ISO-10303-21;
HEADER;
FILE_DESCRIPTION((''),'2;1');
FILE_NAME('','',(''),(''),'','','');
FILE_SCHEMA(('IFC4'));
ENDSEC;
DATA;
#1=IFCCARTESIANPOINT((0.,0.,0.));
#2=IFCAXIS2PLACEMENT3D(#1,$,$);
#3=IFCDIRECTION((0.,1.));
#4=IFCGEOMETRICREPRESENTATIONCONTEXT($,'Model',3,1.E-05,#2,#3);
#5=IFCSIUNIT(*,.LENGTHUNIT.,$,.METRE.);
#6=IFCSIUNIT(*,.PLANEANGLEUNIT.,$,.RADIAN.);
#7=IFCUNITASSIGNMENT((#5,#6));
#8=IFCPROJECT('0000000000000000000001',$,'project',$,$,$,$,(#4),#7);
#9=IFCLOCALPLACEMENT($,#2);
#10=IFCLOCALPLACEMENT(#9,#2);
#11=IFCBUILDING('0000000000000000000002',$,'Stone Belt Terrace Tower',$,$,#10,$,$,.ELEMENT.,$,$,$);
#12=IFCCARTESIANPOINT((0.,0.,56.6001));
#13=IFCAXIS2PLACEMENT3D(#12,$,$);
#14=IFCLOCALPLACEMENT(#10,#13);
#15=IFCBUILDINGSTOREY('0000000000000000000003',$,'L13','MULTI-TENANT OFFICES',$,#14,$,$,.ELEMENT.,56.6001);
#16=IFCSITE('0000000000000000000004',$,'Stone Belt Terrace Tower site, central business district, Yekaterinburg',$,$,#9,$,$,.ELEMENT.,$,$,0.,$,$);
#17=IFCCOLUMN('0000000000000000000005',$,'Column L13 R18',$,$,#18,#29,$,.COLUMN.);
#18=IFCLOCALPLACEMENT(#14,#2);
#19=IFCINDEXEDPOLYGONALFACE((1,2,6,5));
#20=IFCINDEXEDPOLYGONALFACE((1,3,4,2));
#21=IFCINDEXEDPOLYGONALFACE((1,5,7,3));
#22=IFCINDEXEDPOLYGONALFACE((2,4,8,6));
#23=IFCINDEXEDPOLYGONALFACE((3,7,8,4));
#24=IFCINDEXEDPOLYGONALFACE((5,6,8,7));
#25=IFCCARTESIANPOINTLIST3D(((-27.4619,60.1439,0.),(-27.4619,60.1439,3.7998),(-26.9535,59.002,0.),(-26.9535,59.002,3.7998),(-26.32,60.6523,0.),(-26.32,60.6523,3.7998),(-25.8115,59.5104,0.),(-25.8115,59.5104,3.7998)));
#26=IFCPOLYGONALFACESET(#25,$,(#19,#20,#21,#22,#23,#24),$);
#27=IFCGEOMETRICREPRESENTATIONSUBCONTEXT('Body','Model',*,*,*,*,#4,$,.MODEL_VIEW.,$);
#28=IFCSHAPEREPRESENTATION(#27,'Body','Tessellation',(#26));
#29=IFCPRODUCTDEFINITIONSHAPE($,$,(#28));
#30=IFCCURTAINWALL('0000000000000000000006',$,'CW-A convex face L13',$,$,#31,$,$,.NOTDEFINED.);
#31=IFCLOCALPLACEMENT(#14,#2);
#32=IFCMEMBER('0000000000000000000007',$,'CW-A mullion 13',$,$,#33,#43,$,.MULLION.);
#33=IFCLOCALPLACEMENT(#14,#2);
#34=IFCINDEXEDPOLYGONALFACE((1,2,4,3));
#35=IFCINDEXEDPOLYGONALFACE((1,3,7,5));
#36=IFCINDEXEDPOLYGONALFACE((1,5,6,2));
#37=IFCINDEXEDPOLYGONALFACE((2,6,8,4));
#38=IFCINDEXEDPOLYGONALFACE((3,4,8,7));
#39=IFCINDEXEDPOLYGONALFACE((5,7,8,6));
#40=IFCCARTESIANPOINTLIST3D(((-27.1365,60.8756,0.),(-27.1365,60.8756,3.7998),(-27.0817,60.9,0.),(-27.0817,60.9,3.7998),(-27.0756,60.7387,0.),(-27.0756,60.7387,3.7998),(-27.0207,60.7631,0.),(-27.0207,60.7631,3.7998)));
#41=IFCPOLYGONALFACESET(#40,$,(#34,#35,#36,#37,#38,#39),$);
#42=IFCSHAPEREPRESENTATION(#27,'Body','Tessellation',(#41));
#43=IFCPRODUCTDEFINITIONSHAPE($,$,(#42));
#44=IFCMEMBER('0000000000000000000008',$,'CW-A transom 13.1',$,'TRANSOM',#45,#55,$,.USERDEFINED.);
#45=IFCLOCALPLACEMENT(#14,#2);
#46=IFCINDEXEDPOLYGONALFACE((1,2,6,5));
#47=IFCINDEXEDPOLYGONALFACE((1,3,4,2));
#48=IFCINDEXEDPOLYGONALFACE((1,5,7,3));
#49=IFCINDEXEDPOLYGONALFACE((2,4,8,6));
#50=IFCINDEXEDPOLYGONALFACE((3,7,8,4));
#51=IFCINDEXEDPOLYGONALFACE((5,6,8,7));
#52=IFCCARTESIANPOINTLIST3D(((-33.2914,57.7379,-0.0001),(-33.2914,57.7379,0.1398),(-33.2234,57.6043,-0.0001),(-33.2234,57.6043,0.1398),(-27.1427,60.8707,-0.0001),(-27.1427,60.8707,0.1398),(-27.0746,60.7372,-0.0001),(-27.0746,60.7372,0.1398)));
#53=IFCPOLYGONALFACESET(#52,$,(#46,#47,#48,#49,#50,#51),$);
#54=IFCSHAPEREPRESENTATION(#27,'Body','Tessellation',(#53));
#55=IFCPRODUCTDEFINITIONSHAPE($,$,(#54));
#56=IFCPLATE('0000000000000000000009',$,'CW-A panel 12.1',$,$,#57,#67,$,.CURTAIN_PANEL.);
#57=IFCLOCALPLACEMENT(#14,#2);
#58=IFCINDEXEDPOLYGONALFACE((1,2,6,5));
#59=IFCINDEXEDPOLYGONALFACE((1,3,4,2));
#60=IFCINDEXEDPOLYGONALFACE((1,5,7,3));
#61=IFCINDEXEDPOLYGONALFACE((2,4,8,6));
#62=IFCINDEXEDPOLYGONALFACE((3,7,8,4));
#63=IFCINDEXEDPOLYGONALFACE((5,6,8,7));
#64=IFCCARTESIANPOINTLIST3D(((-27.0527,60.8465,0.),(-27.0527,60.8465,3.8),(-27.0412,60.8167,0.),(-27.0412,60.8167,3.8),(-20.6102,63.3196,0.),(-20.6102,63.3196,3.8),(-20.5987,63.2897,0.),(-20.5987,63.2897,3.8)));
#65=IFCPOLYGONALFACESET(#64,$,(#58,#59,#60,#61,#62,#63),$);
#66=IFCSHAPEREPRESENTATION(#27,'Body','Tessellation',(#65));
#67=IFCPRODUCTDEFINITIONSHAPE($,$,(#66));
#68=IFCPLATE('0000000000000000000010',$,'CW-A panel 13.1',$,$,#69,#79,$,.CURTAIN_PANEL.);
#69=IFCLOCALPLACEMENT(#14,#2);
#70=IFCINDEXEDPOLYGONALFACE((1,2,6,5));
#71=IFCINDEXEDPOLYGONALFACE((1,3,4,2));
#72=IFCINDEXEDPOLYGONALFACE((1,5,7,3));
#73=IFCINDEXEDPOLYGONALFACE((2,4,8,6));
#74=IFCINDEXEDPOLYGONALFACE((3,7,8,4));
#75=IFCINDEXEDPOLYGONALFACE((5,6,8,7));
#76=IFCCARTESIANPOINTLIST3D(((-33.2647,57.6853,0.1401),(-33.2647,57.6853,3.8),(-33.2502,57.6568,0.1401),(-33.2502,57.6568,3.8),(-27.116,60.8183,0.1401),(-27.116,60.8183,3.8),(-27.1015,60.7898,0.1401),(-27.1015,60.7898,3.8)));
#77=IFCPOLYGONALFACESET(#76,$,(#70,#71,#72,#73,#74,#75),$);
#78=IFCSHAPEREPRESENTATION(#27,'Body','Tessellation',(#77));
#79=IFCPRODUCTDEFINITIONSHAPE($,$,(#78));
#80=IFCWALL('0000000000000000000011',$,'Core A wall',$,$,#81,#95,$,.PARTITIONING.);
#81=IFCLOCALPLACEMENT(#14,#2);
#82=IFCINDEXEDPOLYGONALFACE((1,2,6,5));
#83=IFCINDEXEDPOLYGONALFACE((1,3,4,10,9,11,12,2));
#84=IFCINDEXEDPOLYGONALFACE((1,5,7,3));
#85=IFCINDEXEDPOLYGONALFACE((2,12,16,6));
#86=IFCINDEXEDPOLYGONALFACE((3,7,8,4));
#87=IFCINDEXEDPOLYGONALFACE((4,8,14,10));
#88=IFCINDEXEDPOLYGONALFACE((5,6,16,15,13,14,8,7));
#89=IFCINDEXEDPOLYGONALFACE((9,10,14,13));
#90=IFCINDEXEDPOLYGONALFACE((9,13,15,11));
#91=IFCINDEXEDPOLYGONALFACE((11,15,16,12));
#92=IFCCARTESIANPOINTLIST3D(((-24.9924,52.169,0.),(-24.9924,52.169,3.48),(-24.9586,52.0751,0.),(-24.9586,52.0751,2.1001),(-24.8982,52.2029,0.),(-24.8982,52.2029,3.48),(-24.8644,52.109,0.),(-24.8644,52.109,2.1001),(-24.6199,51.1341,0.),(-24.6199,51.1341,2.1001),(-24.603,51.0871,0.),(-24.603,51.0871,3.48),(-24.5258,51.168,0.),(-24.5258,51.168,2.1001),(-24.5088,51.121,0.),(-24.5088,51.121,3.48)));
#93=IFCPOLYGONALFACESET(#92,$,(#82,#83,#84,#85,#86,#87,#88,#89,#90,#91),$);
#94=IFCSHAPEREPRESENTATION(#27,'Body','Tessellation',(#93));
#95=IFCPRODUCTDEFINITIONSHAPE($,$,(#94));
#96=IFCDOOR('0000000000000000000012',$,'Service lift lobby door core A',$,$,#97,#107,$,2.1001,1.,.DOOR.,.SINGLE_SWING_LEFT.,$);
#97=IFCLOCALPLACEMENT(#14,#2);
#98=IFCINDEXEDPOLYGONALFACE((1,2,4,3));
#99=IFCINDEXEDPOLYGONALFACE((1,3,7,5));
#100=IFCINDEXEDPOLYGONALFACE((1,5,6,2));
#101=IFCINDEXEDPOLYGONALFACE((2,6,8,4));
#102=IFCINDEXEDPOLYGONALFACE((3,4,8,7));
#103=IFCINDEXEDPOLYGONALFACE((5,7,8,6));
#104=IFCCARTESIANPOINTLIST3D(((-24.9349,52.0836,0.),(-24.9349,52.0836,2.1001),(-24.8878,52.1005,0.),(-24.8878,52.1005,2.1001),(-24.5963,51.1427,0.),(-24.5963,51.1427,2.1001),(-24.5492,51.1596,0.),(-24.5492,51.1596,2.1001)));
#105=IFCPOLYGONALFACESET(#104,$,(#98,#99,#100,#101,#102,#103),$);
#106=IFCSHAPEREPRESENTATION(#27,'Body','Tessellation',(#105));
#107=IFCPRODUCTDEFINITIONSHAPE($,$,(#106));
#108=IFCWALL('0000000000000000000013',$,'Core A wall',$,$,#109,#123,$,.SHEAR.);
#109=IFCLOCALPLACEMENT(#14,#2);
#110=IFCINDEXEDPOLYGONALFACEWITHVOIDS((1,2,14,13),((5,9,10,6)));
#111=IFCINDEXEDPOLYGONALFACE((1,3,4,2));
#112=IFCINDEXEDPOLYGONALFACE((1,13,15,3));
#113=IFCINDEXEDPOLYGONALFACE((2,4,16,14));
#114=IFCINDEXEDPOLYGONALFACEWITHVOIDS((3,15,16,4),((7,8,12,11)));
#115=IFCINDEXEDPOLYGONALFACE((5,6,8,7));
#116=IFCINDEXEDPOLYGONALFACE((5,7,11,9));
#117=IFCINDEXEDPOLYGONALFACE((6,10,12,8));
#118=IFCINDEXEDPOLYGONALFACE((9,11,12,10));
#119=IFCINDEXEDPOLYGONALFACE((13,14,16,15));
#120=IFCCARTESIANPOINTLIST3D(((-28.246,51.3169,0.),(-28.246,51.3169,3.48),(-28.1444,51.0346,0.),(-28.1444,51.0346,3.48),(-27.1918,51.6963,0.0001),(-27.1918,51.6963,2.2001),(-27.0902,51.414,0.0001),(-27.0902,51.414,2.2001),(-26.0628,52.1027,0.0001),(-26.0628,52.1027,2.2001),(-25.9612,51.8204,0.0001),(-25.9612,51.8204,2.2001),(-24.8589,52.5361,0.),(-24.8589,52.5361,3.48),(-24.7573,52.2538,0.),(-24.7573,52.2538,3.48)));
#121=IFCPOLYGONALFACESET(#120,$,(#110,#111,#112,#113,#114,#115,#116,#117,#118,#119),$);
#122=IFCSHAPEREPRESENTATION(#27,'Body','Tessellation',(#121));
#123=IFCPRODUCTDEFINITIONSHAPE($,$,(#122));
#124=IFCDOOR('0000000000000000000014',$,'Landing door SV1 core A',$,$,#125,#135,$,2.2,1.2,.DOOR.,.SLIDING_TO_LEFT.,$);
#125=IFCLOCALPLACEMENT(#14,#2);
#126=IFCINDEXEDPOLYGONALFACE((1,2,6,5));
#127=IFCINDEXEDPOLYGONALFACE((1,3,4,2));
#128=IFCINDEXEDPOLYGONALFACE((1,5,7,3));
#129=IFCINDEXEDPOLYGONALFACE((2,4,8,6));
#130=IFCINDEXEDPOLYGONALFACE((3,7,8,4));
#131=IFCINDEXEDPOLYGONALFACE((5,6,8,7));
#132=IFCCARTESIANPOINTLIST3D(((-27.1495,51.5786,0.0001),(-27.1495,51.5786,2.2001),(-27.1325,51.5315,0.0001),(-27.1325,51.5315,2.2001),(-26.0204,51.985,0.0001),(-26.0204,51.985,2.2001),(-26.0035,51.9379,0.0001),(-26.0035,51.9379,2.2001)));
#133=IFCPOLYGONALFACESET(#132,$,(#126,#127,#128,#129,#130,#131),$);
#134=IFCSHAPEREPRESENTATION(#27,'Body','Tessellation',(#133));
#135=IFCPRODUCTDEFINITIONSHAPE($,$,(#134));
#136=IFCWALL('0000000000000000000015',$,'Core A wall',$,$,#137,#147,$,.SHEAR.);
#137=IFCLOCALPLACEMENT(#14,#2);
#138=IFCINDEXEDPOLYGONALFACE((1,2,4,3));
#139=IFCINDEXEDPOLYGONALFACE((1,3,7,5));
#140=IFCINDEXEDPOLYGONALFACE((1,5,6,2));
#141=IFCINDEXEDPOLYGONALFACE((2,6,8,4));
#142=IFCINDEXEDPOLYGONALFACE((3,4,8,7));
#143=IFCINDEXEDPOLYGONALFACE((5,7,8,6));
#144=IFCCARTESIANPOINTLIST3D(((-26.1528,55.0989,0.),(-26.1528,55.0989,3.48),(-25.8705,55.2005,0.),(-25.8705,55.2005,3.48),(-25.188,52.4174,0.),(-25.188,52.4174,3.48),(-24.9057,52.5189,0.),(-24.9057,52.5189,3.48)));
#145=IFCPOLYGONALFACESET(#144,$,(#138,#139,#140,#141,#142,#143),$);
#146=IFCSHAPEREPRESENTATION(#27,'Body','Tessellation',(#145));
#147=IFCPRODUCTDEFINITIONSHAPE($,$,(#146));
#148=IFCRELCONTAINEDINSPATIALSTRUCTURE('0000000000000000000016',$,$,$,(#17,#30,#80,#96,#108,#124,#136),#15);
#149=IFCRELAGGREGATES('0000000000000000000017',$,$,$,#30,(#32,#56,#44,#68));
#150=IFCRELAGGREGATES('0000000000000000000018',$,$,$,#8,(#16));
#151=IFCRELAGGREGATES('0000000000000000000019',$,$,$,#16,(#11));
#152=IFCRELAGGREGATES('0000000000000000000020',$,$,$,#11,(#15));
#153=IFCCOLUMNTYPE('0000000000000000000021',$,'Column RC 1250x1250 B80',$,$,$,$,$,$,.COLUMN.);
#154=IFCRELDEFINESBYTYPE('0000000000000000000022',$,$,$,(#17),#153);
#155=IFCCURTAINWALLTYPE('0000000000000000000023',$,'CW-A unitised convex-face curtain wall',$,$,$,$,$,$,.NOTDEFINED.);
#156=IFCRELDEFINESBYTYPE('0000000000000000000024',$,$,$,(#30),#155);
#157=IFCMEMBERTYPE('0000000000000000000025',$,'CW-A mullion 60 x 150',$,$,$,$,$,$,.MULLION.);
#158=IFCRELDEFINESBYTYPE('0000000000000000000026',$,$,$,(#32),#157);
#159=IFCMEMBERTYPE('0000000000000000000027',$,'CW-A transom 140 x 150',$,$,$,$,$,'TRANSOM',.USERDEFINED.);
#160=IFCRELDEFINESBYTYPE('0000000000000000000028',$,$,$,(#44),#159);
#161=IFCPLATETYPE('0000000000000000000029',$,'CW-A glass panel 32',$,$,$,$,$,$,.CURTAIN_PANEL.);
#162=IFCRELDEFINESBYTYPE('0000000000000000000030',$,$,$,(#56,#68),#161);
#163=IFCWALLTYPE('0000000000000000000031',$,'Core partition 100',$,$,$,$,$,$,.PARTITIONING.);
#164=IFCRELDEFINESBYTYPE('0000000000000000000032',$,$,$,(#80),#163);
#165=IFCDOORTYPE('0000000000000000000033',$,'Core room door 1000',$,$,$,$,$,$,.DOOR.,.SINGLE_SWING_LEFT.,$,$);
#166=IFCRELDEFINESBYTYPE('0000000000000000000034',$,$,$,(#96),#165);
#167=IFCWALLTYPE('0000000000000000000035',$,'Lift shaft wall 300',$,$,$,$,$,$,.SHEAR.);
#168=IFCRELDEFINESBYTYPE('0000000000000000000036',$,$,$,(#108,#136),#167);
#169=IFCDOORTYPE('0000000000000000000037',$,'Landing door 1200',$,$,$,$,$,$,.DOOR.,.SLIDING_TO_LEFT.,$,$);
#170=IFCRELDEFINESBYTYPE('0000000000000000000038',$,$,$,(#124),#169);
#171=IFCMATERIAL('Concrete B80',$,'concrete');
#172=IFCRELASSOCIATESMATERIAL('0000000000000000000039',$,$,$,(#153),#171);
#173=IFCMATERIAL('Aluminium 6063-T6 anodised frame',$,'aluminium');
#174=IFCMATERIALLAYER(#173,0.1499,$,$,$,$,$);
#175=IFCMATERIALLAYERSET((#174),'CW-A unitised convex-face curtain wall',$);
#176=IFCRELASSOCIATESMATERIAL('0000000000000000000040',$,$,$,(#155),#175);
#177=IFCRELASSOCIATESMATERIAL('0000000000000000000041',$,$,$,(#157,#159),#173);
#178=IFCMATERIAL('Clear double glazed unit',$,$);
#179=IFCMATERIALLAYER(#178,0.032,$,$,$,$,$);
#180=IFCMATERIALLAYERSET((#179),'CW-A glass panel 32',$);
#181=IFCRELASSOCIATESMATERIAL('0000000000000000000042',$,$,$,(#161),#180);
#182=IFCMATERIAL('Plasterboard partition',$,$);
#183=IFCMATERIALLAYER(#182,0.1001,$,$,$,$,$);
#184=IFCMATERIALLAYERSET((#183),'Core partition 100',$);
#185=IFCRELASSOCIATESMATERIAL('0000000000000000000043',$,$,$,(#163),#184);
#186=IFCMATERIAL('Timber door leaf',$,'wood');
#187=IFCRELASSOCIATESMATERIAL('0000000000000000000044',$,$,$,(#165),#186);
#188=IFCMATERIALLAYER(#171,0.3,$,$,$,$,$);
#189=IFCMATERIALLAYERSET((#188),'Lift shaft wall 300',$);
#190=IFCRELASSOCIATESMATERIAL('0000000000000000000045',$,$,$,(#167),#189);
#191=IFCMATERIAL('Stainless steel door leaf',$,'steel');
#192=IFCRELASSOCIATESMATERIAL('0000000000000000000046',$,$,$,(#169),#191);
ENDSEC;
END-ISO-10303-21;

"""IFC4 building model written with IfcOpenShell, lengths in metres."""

from ifc_helpers import new_model, si_unit, direction, frame, frame_2d, origin, origin_2d, place, context, subcontext, project, spatial, rectangle, extrude, material, layer, layer_set, material_profile, profile_set, type_object, element, fill, aggregate, save


model = new_model("IFC4")

# Units and contexts
model_context = context("Model", 3, precision=1e-05, world=origin(), true_north=direction((0.0, 1.0)))
body_context = subcontext(model_context, "Body", "Model", "MODEL_VIEW")
ifc_project = project(units=[si_unit("LENGTHUNIT", "METRE"), si_unit("PLANEANGLEUNIT", "RADIAN")], contexts=[model_context])

# Site, building, storey
site_placement = place(None, origin())
site = spatial("IfcSite", under=ifc_project, at=site_placement, Name="Stone Belt Terrace Tower site, central business district, Yekaterinburg", CompositionType="ELEMENT", RefElevation=0.0)
building_placement = place(site_placement, origin())
building = spatial("IfcBuilding", under=site, at=building_placement, Name="Stone Belt Terrace Tower", CompositionType="ELEMENT")
storey_placement = place(building_placement, frame((0.0, 0.0, 56.6001)))
storey = spatial("IfcBuildingStorey", under=building, at=storey_placement, Name="L13", Description="MULTI-TENANT OFFICES", CompositionType="ELEMENT", Elevation=56.6001)

# Column
ifc_material_1 = material(Name="Concrete B80", Category="concrete")
ifc_material_profile_1 = material_profile(ifc_material_1, rectangle(XDim=1.25, YDim=1.25, at=origin_2d()), Name="RC 1250x1250")
ifc_profile_set_1 = profile_set([ifc_material_profile_1], Name="Concrete B80")
column_type = type_object("IfcColumnType", Name="Column RC 1250x1250 B80", PredefinedType="COLUMN", material=ifc_profile_set_1)
column_placement = place(storey_placement, frame((-26.6367, 59.8271, 0.0), z_axis=(0.0, 0.0, 1.0), x_axis=(0.913545, 0.406737, 0.0)))
element("IfcColumn", 1, at=column_placement, inside=storey, type_object=column_type, Name="Column L13 R18", PredefinedType="COLUMN", context=body_context, shape_type="SweptSolid", body=[
    extrude(rectangle(XDim=1.25, YDim=1.25, at=origin_2d()), origin(), (0.0, 0.0, 1.0), 3.7998),
])

# Curtain wall, members, plates
ifc_material_2 = material(Name="Aluminium 6063-T6 anodised frame", Category="aluminium")
ifc_layer_1 = layer(ifc_material_2, 0.1499)
ifc_layer_set_1 = layer_set([ifc_layer_1], Name="CW-A unitised convex-face curtain wall")
curtain_wall_type = type_object("IfcCurtainWallType", Name="CW-A unitised convex-face curtain wall", PredefinedType="NOTDEFINED", material=ifc_layer_set_1)
curtain_wall_placement = place(storey_placement, origin())
curtain_wall = element("IfcCurtainWall", 2, at=curtain_wall_placement, inside=storey, type_object=curtain_wall_type, Name="CW-A convex face L13", PredefinedType="NOTDEFINED")
ifc_material_profile_2 = material_profile(ifc_material_2, rectangle(XDim=0.1499, YDim=0.0601, at=origin_2d()), Name="Aluminium 6063-T6 60x150")
ifc_profile_set_2 = profile_set([ifc_material_profile_2], Name="Aluminium 6063-T6 anodised frame")
member_type_1 = type_object("IfcMemberType", Name="CW-A mullion 60 x 150", PredefinedType="MULLION", material=ifc_profile_set_2)
member_1_placement = place(storey_placement, frame((-27.0786, 60.8193, 0.0), z_axis=(0.0, 0.0, 1.0), x_axis=(0.406737, -0.913545, 0.0)))
member_1 = element("IfcMember", 3, at=member_1_placement, type_object=member_type_1, Name="CW-A mullion 13", PredefinedType="MULLION", context=body_context, shape_type="SweptSolid", body=[
    extrude(rectangle(XDim=0.1499, YDim=0.0601, at=origin_2d()), origin(), (0.0, 0.0, 1.0), 3.7998),
])
ifc_material_profile_3 = material_profile(ifc_material_2, rectangle(XDim=0.1499, YDim=0.1399, at=origin_2d()), Name="Aluminium 6063-T6 150x140")
ifc_profile_set_3 = profile_set([ifc_material_profile_3], Name="Aluminium 6063-T6 anodised frame")
member_type_2 = type_object("IfcMemberType", Name="CW-A transom 140 x 150", ElementType="TRANSOM", PredefinedType="USERDEFINED", material=ifc_profile_set_3)
member_2_placement = place(storey_placement, frame((-27.1086, 60.804, 0.0698), z_axis=(-0.891012, -0.453979, 0.0), x_axis=(0.453979, -0.891012, 0.0)))
member_2 = element("IfcMember", 4, at=member_2_placement, type_object=member_type_2, Name="CW-A transom 13.1", ObjectType="TRANSOM", PredefinedType="USERDEFINED", context=body_context, shape_type="SweptSolid", body=[
    extrude(rectangle(XDim=0.1499, YDim=0.1399, at=origin_2d()), origin(), (0.0, 0.0, 1.0), 6.9009),
])
ifc_material_3 = material(Name="Clear double glazed unit")
ifc_layer_2 = layer(ifc_material_3, 0.032)
ifc_layer_set_2 = layer_set([ifc_layer_2], Name="CW-A glass panel 32")
plate_type = type_object("IfcPlateType", Name="CW-A glass panel 32", PredefinedType="CURTAIN_PANEL", material=ifc_layer_set_2)
plate_1_placement = place(storey_placement, frame((-23.8257, 62.0681, 0.0), z_axis=(0.0, 0.0, 1.0), x_axis=(-0.93358, -0.358368, 0.0)))
plate_1 = element("IfcPlate", 5, at=plate_1_placement, type_object=plate_type, Name="CW-A panel 12.1", PredefinedType="CURTAIN_PANEL", context=body_context, shape_type="SweptSolid", body=[
    extrude(rectangle(XDim=6.9009, YDim=0.032, at=origin_2d()), origin(), (0.0, 0.0, 1.0), 3.8),
])
plate_2_placement = place(storey_placement, frame((-30.1831, 59.2375, 0.1401), z_axis=(0.0, 0.0, 1.0), x_axis=(-0.891007, -0.45399, 0.0)))
plate_2 = element("IfcPlate", 6, at=plate_2_placement, type_object=plate_type, Name="CW-A panel 13.1", PredefinedType="CURTAIN_PANEL", context=body_context, shape_type="SweptSolid", body=[
    extrude(rectangle(XDim=6.9009, YDim=0.032, at=origin_2d()), origin(), (0.0, 0.0, 1.0), 3.6599),
])
aggregate(curtain_wall, [member_1, plate_1, member_2, plate_2])

# Walls, openings, doors
ifc_material_4 = material(Name="Plasterboard partition")
ifc_layer_3 = layer(ifc_material_4, 0.1001)
ifc_layer_set_3 = layer_set([ifc_layer_3], Name="Core partition 100")
wall_type_1 = type_object("IfcWallType", Name="Core partition 100", PredefinedType="PARTITIONING", material=ifc_layer_set_3)
wall_1_placement = place(storey_placement, frame((-24.5559, 51.104, 0.0), z_axis=(0.0, 0.0, 1.0), x_axis=(-0.338622, 0.940923, 0.0)))
wall_1 = element("IfcWall", 7, at=wall_1_placement, inside=storey, type_object=wall_type_1, Name="Core A wall", PredefinedType="PARTITIONING", context=body_context, shape_type="SweptSolid", body=[
    extrude(rectangle(XDim=1.1499, YDim=0.1001, at=frame_2d((0.575, 0.0))), origin(), (0.0, 0.0, 1.0), 3.48),
])
opening_1_placement = place(wall_1_placement, frame((0.05, 0.0, 0.0)))
opening_1 = element("IfcOpeningElement", 8, at=opening_1_placement, cuts=wall_1, PredefinedType="OPENING", context=body_context, shape_type="SweptSolid", body=[
    extrude(rectangle(XDim=1.0, YDim=2.1001, at=frame_2d((0.5, 1.05))), frame((0.0, 0.0601, 0.0), z_axis=(0.0, -1.0, 0.0), x_axis=(1.0, 0.0, 0.0)), (0.0, 0.0, 1.0), 0.1201),
])
ifc_material_5 = material(Name="Timber door leaf", Category="wood")
door_type_1 = type_object("IfcDoorType", Name="Core room door 1000", OperationType="SINGLE_SWING_LEFT", PredefinedType="DOOR", material=ifc_material_5)
door_1_placement = place(opening_1_placement, origin())
door_1 = element("IfcDoor", 9, at=door_1_placement, inside=storey, type_object=door_type_1, Name="Service lift lobby door core A", OperationType="SINGLE_SWING_LEFT", OverallHeight=2.1001, OverallWidth=1.0, PredefinedType="DOOR", context=body_context, shape_type="SweptSolid", body=[
    extrude(rectangle(XDim=1.0, YDim=2.1001, at=frame_2d((0.5, 1.05))), frame((0.0, 0.0249, 0.0), z_axis=(0.0, -1.0, 0.0), x_axis=(1.0, 0.0, 0.0)), (0.0, 0.0, 1.0), 0.05),
])
fill(opening_1, door_1)
ifc_layer_4 = layer(ifc_material_1, 0.3)
ifc_layer_set_4 = layer_set([ifc_layer_4], Name="Lift shaft wall 300")
wall_type_2 = type_object("IfcWallType", Name="Lift shaft wall 300", PredefinedType="SHEAR", material=ifc_layer_set_4)
wall_2_placement = place(storey_placement, frame((-28.1951, 51.1758, 0.0), z_axis=(0.0, 0.0, 1.0), x_axis=(0.940901, 0.338681, 0.0)))
wall_2 = element("IfcWall", 10, at=wall_2_placement, inside=storey, type_object=wall_type_2, Name="Core A wall", PredefinedType="SHEAR", context=body_context, shape_type="SweptSolid", body=[
    extrude(rectangle(XDim=3.5999, YDim=0.3, at=frame_2d((1.7998, 0.0))), origin(), (0.0, 0.0, 1.0), 3.48),
])
opening_2_placement = place(wall_2_placement, frame((1.1201, 0.0, 0.0)))
opening_2 = element("IfcOpeningElement", 11, at=opening_2_placement, cuts=wall_2, PredefinedType="OPENING", context=body_context, shape_type="SweptSolid", body=[
    extrude(rectangle(XDim=1.2, YDim=2.2, at=frame_2d((0.6001, 1.1001))), frame((0.0, 0.1599, 0.0), z_axis=(0.0, -1.0, 0.0), x_axis=(1.0, 0.0, 0.0)), (0.0, 0.0, 1.0), 0.3201),
])
ifc_material_6 = material(Name="Stainless steel door leaf", Category="steel")
door_type_2 = type_object("IfcDoorType", Name="Landing door 1200", OperationType="SLIDING_TO_LEFT", PredefinedType="DOOR", material=ifc_material_6)
door_2_placement = place(opening_2_placement, origin())
door_2 = element("IfcDoor", 12, at=door_2_placement, inside=storey, type_object=door_type_2, Name="Landing door SV1 core A", OperationType="SLIDING_TO_LEFT", OverallHeight=2.2, OverallWidth=1.2, PredefinedType="DOOR", context=body_context, shape_type="SweptSolid", body=[
    extrude(rectangle(XDim=1.2, YDim=2.2, at=frame_2d((0.6001, 1.1001))), frame((0.0, 0.0249, 0.0), z_axis=(0.0, -1.0, 0.0), x_axis=(1.0, 0.0, 0.0)), (0.0, 0.0, 1.0), 0.05),
])
fill(opening_2, door_2)

# Wall
wall_3_placement = place(storey_placement, frame((-25.0469, 52.4683, 0.0), z_axis=(0.0, 0.0, 1.0), x_axis=(-0.33855, 0.940949, 0.0)))
element("IfcWall", 13, at=wall_3_placement, inside=storey, type_object=wall_type_2, Name="Core A wall", PredefinedType="SHEAR", context=body_context, shape_type="SweptSolid", body=[
    extrude(rectangle(XDim=2.8499, YDim=0.3, at=frame_2d((1.4248, 0.0))), origin(), (0.0, 0.0, 1.0), 3.48),
])

save(model, "model.ifc")
